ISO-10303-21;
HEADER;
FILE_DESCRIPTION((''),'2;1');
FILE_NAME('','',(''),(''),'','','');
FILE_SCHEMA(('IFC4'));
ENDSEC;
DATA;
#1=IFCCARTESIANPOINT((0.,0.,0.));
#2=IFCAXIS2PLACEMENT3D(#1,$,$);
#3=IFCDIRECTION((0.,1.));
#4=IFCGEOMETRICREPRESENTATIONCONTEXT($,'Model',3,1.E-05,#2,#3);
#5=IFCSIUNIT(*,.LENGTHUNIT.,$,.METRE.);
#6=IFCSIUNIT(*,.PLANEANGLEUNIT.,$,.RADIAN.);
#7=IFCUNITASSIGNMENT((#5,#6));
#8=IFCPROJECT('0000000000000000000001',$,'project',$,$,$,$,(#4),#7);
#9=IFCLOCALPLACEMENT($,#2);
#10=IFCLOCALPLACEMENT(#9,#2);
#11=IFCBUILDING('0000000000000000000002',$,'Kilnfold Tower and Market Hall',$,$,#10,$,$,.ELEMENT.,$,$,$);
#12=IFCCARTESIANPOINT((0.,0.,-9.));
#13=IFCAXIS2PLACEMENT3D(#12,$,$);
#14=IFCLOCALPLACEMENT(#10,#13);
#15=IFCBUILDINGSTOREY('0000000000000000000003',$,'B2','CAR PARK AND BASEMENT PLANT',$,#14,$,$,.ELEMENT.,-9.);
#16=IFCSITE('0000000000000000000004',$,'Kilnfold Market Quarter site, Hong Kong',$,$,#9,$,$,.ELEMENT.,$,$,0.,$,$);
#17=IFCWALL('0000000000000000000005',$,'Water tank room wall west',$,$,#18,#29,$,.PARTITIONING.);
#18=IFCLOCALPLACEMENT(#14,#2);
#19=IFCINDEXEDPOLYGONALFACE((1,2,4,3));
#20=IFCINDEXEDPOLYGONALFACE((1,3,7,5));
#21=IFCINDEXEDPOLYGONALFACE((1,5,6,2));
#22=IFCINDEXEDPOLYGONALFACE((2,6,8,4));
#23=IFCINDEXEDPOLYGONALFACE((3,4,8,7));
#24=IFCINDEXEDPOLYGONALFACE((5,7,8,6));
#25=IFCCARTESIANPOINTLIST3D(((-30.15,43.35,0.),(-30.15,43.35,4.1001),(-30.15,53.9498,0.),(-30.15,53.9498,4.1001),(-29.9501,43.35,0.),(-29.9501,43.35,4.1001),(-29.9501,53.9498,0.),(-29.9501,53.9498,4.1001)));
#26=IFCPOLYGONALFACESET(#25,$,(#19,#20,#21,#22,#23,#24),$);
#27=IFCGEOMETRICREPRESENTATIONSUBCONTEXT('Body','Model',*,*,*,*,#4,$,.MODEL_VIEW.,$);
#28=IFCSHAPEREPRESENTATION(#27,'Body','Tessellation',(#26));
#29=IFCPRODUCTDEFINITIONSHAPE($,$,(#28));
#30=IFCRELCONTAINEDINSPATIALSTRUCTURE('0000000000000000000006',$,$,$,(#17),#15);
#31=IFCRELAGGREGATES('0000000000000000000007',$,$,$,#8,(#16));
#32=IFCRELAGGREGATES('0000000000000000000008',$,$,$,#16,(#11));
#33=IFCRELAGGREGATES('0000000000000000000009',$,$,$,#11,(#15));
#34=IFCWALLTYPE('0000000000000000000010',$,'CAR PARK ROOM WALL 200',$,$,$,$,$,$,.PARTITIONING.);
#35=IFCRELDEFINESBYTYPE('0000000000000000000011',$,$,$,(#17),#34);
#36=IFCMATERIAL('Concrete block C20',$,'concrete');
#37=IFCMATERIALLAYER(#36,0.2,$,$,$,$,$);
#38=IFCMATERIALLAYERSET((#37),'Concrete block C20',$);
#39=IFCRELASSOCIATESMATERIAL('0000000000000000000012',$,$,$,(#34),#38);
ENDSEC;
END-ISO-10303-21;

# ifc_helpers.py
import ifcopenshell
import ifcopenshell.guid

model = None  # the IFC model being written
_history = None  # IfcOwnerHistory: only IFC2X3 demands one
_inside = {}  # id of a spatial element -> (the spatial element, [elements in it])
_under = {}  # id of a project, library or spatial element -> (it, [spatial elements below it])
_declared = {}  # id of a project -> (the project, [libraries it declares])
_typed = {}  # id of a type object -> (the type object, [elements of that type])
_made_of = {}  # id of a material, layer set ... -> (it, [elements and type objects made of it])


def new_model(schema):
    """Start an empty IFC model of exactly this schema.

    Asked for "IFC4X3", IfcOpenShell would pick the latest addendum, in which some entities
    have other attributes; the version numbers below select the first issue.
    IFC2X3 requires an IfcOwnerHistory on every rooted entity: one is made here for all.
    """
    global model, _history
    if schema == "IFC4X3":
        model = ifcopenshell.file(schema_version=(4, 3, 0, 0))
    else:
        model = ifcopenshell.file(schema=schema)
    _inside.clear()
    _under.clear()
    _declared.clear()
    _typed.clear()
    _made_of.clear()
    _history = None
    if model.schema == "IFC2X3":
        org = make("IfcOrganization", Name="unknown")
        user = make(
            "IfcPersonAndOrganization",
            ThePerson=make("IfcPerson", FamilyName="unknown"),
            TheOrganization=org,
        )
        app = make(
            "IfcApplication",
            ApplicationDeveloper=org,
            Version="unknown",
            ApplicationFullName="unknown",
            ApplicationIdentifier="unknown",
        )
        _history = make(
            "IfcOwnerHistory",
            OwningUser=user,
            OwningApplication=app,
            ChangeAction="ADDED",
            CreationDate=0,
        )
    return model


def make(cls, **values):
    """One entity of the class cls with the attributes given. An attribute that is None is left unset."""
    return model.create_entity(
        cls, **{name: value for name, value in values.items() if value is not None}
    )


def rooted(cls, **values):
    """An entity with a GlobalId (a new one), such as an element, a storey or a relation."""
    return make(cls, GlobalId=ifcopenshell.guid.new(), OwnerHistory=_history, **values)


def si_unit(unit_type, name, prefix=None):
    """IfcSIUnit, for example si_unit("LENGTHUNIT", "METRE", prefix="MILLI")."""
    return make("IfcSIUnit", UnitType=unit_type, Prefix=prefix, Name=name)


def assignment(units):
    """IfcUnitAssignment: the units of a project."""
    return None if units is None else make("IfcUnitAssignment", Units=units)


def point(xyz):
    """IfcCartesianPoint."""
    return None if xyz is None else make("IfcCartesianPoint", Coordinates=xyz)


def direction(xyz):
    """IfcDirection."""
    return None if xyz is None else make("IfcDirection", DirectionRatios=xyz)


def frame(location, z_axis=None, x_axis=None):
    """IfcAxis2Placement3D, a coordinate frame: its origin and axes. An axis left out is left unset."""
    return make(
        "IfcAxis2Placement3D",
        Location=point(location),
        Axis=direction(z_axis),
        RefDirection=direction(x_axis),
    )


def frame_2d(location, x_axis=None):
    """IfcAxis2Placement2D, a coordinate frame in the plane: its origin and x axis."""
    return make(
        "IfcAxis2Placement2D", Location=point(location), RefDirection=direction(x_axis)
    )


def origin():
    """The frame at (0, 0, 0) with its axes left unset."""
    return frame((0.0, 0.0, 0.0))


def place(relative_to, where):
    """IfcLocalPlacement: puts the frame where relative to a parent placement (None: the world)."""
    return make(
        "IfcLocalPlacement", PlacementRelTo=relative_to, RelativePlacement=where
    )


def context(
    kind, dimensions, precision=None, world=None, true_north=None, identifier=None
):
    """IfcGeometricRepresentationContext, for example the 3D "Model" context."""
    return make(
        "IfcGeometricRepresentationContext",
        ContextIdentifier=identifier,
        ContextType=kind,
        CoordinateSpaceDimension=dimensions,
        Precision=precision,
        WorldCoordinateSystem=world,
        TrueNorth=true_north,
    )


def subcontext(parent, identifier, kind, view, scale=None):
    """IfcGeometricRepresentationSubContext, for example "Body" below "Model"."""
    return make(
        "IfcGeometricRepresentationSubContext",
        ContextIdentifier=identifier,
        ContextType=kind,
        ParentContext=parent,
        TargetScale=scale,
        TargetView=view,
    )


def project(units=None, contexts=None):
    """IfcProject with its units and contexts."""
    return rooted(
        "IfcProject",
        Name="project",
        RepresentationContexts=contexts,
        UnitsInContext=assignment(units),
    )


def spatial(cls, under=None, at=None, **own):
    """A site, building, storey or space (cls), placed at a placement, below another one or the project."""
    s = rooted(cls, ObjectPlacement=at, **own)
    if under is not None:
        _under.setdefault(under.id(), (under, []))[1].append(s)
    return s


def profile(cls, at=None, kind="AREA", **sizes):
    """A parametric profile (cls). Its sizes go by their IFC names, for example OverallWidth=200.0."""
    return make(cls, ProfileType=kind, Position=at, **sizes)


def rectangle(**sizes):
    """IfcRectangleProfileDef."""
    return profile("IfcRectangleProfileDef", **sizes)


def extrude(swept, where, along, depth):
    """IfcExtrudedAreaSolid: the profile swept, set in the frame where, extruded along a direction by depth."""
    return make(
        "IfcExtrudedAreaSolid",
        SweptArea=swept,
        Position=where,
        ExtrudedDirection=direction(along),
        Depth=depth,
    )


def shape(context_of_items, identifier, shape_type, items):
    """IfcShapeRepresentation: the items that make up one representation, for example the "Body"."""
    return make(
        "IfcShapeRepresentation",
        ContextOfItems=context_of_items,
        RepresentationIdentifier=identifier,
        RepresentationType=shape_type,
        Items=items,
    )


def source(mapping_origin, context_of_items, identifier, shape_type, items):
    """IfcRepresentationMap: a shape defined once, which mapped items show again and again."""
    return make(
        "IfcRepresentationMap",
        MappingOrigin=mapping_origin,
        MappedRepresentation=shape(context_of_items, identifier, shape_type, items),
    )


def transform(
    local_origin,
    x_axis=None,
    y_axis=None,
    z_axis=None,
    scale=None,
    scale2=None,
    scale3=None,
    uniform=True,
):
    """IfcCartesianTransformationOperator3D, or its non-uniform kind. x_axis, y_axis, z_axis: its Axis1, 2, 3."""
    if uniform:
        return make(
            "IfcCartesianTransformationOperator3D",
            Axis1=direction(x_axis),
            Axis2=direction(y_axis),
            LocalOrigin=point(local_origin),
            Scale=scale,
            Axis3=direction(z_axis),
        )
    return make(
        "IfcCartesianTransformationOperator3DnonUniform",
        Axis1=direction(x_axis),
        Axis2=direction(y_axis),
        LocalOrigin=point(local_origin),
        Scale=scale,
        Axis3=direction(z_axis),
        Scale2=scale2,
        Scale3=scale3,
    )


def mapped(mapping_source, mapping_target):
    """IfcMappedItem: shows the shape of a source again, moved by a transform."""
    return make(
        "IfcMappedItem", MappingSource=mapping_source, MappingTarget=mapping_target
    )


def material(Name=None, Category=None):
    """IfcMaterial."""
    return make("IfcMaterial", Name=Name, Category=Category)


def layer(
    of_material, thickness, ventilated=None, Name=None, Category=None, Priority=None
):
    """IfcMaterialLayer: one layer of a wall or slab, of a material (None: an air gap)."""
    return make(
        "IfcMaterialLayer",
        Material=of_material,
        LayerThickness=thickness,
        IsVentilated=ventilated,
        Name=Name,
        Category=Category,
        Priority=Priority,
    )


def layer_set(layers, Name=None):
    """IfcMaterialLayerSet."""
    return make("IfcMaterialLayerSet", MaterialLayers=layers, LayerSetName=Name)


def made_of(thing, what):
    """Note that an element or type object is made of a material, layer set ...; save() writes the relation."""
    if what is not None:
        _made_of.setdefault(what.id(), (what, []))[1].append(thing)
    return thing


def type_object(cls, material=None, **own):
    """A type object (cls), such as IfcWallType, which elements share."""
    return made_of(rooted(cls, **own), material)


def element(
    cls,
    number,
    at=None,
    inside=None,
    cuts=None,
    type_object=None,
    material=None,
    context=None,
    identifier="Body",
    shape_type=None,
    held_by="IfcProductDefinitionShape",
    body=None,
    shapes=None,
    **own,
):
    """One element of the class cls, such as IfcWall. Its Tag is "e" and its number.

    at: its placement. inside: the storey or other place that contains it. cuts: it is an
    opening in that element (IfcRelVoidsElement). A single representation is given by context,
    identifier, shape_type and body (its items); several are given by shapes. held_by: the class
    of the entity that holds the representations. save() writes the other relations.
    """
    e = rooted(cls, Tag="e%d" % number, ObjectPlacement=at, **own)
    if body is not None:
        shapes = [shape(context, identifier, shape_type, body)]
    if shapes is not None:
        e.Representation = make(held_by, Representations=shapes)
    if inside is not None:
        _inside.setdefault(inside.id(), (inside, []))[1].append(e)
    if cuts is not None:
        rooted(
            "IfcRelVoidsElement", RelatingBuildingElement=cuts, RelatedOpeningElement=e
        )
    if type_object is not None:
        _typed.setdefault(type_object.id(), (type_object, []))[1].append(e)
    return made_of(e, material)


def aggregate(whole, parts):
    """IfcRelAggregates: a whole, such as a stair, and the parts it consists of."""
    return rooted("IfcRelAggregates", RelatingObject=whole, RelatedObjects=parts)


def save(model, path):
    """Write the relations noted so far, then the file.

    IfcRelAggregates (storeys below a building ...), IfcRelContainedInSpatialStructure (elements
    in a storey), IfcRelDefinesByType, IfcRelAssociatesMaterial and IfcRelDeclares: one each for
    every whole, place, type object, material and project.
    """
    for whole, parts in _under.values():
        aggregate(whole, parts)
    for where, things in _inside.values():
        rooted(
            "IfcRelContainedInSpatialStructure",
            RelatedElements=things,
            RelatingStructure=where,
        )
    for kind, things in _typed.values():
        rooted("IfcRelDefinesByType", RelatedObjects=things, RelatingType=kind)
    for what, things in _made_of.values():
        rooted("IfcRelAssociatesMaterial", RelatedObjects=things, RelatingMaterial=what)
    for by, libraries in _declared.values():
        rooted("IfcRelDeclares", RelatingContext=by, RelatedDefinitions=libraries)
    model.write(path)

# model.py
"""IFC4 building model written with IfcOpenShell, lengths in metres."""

from ifc_helpers import new_model, si_unit, direction, frame, frame_2d, origin, place, context, subcontext, project, spatial, rectangle, extrude, source, transform, mapped, material, layer, layer_set, type_object, element, save


model = new_model("IFC4")

# Units and contexts
model_context = context("Model", 3, precision=1e-05, world=origin(), true_north=direction((0.0, 1.0)))
body_context = subcontext(model_context, "Body", "Model", "MODEL_VIEW")
ifc_project = project(units=[si_unit("LENGTHUNIT", "METRE"), si_unit("PLANEANGLEUNIT", "RADIAN")], contexts=[model_context])

# Site, building, storey
site_placement = place(None, origin())
site = spatial("IfcSite", under=ifc_project, at=site_placement, Name="Kilnfold Market Quarter site, Hong Kong", CompositionType="ELEMENT", RefElevation=0.0)
building_placement = place(site_placement, origin())
building = spatial("IfcBuilding", under=site, at=building_placement, Name="Kilnfold Tower and Market Hall", CompositionType="ELEMENT")
storey_placement = place(building_placement, frame((0.0, 0.0, -9.0)))
storey = spatial("IfcBuildingStorey", under=building, at=storey_placement, Name="B2", Description="CAR PARK AND BASEMENT PLANT", CompositionType="ELEMENT", Elevation=-9.0)

# Shared definitions
ifc_material_1 = material(Name="Concrete block C20", Category="concrete")
ifc_layer_1 = layer(ifc_material_1, 0.2)
ifc_layer_set_1 = layer_set([ifc_layer_1], Name="Concrete block C20")
wall_type_1 = type_object("IfcWallType", Name="CAR PARK ROOM WALL 200", PredefinedType="PARTITIONING", material=ifc_layer_set_1)

# Wall
shared_shape_1 = source(origin(), body_context, "Body", "SweptSolid", [
    extrude(rectangle(XDim=10.5999, YDim=0.2, at=frame_2d((5.2998, 0.0))), origin(), (0.0, 0.0, 1.0), 4.1001),
])
wall_1_placement = place(storey_placement, frame((-30.05, 43.3501, 0.0), z_axis=(0.0, 0.0, 1.0), x_axis=(0.0, 1.0, 0.0)))
element("IfcWall", 1, at=wall_1_placement, inside=storey, type_object=wall_type_1, Name="Water tank room wall west", PredefinedType="PARTITIONING", context=body_context, shape_type="MappedRepresentation", body=[
    mapped(shared_shape_1, transform((0.0, 0.0, 0.0))),
])

save(model, "model.ifc")
